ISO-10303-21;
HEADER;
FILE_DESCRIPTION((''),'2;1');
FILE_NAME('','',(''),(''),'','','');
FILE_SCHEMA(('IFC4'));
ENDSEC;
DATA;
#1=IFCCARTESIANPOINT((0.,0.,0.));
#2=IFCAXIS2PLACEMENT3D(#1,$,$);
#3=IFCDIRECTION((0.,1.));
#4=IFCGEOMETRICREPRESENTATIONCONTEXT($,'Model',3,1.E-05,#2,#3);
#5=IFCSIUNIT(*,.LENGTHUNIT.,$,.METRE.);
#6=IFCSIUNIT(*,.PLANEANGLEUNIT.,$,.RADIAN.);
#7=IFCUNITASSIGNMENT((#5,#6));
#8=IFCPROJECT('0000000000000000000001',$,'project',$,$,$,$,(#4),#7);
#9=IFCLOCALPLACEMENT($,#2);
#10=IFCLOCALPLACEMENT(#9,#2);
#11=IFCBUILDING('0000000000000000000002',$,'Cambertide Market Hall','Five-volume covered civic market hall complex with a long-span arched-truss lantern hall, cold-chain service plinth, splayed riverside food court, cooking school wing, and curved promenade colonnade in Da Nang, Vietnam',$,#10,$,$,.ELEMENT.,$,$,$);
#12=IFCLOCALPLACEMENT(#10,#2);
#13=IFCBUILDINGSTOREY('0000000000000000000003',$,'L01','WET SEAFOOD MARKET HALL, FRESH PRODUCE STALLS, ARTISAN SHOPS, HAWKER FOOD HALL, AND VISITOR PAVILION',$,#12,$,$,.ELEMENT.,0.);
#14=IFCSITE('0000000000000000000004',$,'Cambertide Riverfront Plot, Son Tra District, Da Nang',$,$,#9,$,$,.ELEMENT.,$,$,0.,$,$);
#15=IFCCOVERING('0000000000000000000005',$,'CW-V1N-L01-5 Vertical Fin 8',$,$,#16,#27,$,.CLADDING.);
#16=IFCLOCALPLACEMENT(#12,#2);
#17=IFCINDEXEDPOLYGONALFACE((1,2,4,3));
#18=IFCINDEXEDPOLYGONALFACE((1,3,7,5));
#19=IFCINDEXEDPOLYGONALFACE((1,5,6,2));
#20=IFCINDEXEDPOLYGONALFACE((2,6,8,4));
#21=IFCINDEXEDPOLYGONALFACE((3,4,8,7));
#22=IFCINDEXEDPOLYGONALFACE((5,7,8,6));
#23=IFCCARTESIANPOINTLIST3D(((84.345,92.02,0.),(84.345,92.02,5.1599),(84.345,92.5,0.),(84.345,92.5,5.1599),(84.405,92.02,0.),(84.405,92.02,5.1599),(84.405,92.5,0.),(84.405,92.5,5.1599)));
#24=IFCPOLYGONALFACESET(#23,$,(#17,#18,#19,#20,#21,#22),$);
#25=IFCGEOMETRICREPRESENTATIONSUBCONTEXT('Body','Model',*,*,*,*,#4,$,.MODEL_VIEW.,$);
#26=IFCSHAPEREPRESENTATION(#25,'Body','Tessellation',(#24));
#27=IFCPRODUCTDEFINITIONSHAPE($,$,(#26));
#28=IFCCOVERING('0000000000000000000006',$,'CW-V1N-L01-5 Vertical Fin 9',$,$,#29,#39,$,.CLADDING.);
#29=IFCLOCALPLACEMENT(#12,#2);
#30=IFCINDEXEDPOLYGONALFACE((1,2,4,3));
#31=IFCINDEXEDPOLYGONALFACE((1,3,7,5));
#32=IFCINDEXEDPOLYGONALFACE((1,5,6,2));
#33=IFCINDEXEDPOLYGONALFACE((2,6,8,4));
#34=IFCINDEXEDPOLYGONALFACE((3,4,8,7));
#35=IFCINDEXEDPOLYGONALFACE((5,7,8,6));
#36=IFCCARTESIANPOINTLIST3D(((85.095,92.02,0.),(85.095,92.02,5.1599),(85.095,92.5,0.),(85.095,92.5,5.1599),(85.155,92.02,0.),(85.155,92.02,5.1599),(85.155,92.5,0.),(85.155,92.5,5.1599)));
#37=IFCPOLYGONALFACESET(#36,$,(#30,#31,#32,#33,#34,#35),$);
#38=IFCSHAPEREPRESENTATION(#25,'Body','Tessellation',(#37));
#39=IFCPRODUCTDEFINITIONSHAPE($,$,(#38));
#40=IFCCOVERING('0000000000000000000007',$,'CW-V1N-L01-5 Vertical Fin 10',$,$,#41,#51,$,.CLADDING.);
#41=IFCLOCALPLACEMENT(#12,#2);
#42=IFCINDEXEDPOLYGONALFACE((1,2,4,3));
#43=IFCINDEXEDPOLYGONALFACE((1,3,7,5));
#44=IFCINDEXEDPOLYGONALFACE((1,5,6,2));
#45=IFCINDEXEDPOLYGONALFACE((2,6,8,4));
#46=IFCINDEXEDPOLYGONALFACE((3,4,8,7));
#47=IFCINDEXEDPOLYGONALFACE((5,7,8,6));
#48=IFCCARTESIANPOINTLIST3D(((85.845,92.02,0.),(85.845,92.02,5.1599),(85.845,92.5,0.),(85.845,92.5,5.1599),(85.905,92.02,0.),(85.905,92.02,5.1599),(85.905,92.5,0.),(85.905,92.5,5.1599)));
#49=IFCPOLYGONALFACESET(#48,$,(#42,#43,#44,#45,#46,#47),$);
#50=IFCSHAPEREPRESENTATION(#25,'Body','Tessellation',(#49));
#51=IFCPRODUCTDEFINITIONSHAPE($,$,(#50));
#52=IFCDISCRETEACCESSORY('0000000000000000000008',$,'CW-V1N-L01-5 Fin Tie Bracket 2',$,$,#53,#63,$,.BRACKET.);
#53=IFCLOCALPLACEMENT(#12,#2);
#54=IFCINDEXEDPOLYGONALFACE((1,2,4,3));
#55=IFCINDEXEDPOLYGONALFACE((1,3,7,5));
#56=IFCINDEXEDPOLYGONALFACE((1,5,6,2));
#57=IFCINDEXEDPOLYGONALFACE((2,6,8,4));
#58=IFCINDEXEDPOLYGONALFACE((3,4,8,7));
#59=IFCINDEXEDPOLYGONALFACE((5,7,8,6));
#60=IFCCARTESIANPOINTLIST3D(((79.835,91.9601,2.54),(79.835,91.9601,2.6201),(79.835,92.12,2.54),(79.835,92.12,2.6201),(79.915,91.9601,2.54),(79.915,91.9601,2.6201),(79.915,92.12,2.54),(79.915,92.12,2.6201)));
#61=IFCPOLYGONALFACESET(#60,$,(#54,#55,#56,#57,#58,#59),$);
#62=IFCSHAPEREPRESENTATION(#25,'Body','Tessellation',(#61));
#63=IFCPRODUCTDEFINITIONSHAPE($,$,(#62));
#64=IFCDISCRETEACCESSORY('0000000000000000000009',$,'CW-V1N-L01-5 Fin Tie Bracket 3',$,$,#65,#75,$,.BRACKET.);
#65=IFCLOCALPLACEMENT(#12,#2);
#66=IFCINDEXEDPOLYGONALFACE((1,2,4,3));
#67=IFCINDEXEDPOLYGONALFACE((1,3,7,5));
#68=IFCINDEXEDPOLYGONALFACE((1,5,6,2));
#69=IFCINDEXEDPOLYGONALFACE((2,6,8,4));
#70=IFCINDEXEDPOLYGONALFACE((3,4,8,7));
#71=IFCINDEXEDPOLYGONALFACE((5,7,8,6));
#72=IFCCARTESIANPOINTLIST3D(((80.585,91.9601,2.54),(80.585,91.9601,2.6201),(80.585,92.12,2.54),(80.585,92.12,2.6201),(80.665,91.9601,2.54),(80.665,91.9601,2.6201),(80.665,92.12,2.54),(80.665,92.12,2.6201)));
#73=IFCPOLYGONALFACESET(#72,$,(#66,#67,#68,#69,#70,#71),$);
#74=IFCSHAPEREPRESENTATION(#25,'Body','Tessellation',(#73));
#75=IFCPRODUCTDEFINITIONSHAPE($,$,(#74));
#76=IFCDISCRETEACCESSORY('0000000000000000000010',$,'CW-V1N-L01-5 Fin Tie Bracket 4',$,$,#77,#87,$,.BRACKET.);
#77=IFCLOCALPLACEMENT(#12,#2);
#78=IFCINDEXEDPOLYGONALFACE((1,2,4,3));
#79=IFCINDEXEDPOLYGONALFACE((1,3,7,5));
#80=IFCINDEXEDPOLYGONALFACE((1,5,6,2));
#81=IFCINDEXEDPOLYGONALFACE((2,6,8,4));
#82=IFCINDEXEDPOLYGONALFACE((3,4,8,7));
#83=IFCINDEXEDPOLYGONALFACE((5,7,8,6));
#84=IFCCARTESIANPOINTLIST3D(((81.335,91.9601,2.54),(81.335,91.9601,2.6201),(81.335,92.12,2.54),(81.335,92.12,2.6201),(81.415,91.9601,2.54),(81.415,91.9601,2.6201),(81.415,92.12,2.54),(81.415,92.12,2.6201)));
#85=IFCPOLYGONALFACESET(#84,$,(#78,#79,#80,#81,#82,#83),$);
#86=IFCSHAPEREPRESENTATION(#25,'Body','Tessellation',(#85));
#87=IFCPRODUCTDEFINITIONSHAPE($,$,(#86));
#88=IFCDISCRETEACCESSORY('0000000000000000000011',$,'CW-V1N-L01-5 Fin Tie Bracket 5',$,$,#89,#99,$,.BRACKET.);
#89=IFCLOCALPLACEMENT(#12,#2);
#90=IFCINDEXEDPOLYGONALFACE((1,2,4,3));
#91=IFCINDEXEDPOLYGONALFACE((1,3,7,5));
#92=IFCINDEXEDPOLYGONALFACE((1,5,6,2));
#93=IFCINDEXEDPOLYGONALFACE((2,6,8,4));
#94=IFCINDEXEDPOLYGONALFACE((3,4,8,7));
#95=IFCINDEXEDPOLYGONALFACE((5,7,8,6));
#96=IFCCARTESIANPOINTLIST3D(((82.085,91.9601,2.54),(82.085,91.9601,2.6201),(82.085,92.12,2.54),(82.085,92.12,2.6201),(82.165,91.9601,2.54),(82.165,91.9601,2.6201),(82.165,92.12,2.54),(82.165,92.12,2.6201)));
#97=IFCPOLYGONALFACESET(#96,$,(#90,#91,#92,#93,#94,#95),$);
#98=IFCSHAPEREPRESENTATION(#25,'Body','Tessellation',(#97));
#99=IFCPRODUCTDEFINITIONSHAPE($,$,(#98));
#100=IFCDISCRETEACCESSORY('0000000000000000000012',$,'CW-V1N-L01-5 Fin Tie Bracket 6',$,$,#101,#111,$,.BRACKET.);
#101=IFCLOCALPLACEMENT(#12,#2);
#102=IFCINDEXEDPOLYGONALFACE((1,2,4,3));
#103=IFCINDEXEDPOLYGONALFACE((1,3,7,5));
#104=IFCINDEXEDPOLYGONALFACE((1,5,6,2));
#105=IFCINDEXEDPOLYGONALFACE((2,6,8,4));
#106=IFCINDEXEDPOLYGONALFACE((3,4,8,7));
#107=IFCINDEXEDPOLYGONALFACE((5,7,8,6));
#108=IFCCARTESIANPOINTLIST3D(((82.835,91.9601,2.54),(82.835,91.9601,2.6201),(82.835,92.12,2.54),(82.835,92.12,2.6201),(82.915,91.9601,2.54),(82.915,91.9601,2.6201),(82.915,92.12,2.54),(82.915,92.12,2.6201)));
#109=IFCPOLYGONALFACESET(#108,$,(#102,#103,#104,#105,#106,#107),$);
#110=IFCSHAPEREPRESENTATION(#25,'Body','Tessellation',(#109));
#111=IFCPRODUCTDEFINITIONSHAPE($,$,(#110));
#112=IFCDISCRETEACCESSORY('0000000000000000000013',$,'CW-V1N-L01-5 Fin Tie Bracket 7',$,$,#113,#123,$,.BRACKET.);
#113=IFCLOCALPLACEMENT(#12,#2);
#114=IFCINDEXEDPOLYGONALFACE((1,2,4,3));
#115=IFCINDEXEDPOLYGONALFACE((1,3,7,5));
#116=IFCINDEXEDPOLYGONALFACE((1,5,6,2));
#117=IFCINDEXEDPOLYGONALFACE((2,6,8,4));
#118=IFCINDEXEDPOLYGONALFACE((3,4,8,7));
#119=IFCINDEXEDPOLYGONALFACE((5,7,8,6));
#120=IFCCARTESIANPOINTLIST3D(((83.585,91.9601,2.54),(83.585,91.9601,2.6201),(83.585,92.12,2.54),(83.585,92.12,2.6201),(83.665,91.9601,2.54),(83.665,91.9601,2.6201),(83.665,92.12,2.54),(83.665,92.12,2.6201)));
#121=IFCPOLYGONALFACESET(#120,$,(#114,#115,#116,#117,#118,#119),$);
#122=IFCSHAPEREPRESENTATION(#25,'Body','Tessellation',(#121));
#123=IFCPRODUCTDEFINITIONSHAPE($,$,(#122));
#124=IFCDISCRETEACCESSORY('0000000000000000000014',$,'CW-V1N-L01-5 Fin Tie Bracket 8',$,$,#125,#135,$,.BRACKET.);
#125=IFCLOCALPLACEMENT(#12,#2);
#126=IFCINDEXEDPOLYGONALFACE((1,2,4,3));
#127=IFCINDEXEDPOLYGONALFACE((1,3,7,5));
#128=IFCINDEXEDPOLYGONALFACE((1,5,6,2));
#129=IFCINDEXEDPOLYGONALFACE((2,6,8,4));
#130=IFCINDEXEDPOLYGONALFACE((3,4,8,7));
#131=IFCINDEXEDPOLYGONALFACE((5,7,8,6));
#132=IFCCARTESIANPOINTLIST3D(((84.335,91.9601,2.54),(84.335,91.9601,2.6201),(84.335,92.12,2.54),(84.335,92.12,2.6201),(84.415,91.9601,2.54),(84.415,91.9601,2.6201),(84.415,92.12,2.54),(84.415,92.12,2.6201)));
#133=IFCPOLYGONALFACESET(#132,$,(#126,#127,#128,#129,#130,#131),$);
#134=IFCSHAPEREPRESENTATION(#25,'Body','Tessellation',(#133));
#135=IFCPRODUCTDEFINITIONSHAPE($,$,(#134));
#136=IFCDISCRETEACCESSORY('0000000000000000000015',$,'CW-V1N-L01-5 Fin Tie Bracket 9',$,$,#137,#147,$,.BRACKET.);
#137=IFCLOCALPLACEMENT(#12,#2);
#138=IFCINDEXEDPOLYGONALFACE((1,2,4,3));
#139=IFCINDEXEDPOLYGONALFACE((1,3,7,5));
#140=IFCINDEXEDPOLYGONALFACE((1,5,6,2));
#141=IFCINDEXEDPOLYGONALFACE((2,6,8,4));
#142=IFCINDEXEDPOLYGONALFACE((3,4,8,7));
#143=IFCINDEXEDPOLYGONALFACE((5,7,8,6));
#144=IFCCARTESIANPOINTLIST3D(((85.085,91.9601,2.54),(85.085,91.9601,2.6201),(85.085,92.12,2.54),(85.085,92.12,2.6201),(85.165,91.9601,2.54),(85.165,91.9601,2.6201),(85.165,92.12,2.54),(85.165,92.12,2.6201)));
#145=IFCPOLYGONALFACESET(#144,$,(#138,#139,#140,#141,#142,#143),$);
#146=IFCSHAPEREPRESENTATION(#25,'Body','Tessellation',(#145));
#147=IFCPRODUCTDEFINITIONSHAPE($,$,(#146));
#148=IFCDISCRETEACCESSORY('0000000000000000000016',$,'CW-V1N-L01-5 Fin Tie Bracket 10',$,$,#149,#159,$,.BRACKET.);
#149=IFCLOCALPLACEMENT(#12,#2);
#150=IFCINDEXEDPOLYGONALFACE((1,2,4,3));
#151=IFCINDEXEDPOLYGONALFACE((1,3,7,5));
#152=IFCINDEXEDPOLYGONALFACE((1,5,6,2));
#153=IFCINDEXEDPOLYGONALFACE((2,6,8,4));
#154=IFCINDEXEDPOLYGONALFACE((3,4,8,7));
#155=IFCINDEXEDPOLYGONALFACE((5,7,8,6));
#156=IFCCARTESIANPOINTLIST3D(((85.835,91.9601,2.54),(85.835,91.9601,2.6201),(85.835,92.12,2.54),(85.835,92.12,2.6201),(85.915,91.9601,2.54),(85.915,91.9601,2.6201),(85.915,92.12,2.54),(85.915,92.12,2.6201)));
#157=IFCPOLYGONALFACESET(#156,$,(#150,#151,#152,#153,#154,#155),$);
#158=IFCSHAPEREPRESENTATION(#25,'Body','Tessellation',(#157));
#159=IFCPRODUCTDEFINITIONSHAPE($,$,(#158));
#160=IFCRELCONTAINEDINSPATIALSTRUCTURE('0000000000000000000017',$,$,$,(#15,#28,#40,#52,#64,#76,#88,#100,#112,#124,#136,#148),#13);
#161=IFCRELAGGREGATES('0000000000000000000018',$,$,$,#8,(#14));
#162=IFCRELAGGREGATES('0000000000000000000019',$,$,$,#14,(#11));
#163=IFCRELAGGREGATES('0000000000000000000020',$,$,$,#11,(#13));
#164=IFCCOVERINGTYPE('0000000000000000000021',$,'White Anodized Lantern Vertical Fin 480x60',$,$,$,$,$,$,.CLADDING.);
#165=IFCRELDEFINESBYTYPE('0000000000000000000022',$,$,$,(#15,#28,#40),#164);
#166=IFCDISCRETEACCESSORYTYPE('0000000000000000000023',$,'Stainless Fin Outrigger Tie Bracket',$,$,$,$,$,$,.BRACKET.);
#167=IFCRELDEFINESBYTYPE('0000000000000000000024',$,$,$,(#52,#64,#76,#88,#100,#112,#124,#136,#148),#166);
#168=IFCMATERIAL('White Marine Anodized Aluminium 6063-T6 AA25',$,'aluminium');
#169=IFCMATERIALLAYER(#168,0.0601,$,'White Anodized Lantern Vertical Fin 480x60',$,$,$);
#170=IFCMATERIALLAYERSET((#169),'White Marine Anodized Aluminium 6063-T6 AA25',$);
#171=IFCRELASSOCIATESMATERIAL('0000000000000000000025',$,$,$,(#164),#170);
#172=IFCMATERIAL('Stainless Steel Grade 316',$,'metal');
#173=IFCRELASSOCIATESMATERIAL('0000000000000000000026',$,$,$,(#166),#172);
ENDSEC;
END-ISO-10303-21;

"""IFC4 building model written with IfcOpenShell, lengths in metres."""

from ifc_helpers import new_model, si_unit, direction, frame, origin, origin_2d, place, context, subcontext, project, spatial, rectangle, extrude, material, layer, layer_set, type_object, element, save


model = new_model("IFC4")

# Units and contexts
model_context = context("Model", 3, precision=1e-05, world=origin(), true_north=direction((0.0, 1.0)))
body_context = subcontext(model_context, "Body", "Model", "MODEL_VIEW")
ifc_project = project(units=[si_unit("LENGTHUNIT", "METRE"), si_unit("PLANEANGLEUNIT", "RADIAN")], contexts=[model_context])

# Site, building, storey
site_placement = place(None, origin())
site = spatial("IfcSite", under=ifc_project, at=site_placement, Name="Cambertide Riverfront Plot, Son Tra District, Da Nang", CompositionType="ELEMENT", RefElevation=0.0)
building_placement = place(site_placement, origin())
building = spatial("IfcBuilding", under=site, at=building_placement, Name="Cambertide Market Hall", Description="Five-volume covered civic market hall complex with a long-span arched-truss lantern hall, cold-chain service plinth, splayed riverside food court, cooking school wing, and curved promenade colonnade in Da Nang, Vietnam", CompositionType="ELEMENT")
storey_placement = place(building_placement, origin())
storey = spatial("IfcBuildingStorey", under=building, at=storey_placement, Name="L01", Description="WET SEAFOOD MARKET HALL, FRESH PRODUCE STALLS, ARTISAN SHOPS, HAWKER FOOD HALL, AND VISITOR PAVILION", CompositionType="ELEMENT", Elevation=0.0)

# Coverings
ifc_material_1 = material(Name="White Marine Anodized Aluminium 6063-T6 AA25", Category="aluminium")
ifc_layer_1 = layer(ifc_material_1, 0.0601, Name="White Anodized Lantern Vertical Fin 480x60")
ifc_layer_set_1 = layer_set([ifc_layer_1], Name="White Marine Anodized Aluminium 6063-T6 AA25")
covering_type = type_object("IfcCoveringType", Name="White Anodized Lantern Vertical Fin 480x60", PredefinedType="CLADDING", material=ifc_layer_set_1)
for number, where, z_axis, x_axis, name in (
    (1, (84.375, 92.26, 0.0), (0.0, 0.0, 1.0), (1.0, 0.0, 0.0), "CW-V1N-L01-5 Vertical Fin 8"),
    (2, (85.125, 92.26, 0.0), (0.0, 0.0, 1.0), (1.0, 0.0, 0.0), "CW-V1N-L01-5 Vertical Fin 9"),
    (3, (85.875, 92.26, 0.0), (0.0, 0.0, 1.0), (1.0, 0.0, 0.0), "CW-V1N-L01-5 Vertical Fin 10"),
):
    element("IfcCovering", number, at=place(storey_placement, frame(where, z_axis=z_axis, x_axis=x_axis)), inside=storey, type_object=covering_type, Name=name, PredefinedType="CLADDING", context=body_context, shape_type="SweptSolid", body=[
        extrude(rectangle(XDim=0.0601, YDim=0.48, at=origin_2d()), origin(), (0.0, 0.0, 1.0), 5.1599),
    ])

# Discrete accessories
ifc_material_2 = material(Name="Stainless Steel Grade 316", Category="metal")
discrete_accessory_type = type_object("IfcDiscreteAccessoryType", Name="Stainless Fin Outrigger Tie Bracket", PredefinedType="BRACKET", material=ifc_material_2)
for number, where, z_axis, x_axis, name in (
    (4, (79.875, 92.04, 2.54), (0.0, 0.0, 1.0), (1.0, 0.0, 0.0), "CW-V1N-L01-5 Fin Tie Bracket 2"),
    (5, (80.625, 92.04, 2.54), (0.0, 0.0, 1.0), (1.0, 0.0, 0.0), "CW-V1N-L01-5 Fin Tie Bracket 3"),
    (6, (81.375, 92.04, 2.54), (0.0, 0.0, 1.0), (1.0, 0.0, 0.0), "CW-V1N-L01-5 Fin Tie Bracket 4"),
    (7, (82.125, 92.04, 2.54), (0.0, 0.0, 1.0), (1.0, 0.0, 0.0), "CW-V1N-L01-5 Fin Tie Bracket 5"),
    (8, (82.875, 92.04, 2.54), (0.0, 0.0, 1.0), (1.0, 0.0, 0.0), "CW-V1N-L01-5 Fin Tie Bracket 6"),
    (9, (83.625, 92.04, 2.54), (0.0, 0.0, 1.0), (1.0, 0.0, 0.0), "CW-V1N-L01-5 Fin Tie Bracket 7"),
    (10, (84.375, 92.04, 2.54), (0.0, 0.0, 1.0), (1.0, 0.0, 0.0), "CW-V1N-L01-5 Fin Tie Bracket 8"),
    (11, (85.125, 92.04, 2.54), (0.0, 0.0, 1.0), (1.0, 0.0, 0.0), "CW-V1N-L01-5 Fin Tie Bracket 9"),
    (12, (85.875, 92.04, 2.54), (0.0, 0.0, 1.0), (1.0, 0.0, 0.0), "CW-V1N-L01-5 Fin Tie Bracket 10"),
):
    element("IfcDiscreteAccessory", number, at=place(storey_placement, frame(where, z_axis=z_axis, x_axis=x_axis)), inside=storey, type_object=discrete_accessory_type, Name=name, PredefinedType="BRACKET", context=body_context, shape_type="SweptSolid", body=[
        extrude(rectangle(XDim=0.0801, YDim=0.1599, at=origin_2d()), origin(), (0.0, 0.0, 1.0), 0.0801),
    ])

save(model, "model.ifc")
